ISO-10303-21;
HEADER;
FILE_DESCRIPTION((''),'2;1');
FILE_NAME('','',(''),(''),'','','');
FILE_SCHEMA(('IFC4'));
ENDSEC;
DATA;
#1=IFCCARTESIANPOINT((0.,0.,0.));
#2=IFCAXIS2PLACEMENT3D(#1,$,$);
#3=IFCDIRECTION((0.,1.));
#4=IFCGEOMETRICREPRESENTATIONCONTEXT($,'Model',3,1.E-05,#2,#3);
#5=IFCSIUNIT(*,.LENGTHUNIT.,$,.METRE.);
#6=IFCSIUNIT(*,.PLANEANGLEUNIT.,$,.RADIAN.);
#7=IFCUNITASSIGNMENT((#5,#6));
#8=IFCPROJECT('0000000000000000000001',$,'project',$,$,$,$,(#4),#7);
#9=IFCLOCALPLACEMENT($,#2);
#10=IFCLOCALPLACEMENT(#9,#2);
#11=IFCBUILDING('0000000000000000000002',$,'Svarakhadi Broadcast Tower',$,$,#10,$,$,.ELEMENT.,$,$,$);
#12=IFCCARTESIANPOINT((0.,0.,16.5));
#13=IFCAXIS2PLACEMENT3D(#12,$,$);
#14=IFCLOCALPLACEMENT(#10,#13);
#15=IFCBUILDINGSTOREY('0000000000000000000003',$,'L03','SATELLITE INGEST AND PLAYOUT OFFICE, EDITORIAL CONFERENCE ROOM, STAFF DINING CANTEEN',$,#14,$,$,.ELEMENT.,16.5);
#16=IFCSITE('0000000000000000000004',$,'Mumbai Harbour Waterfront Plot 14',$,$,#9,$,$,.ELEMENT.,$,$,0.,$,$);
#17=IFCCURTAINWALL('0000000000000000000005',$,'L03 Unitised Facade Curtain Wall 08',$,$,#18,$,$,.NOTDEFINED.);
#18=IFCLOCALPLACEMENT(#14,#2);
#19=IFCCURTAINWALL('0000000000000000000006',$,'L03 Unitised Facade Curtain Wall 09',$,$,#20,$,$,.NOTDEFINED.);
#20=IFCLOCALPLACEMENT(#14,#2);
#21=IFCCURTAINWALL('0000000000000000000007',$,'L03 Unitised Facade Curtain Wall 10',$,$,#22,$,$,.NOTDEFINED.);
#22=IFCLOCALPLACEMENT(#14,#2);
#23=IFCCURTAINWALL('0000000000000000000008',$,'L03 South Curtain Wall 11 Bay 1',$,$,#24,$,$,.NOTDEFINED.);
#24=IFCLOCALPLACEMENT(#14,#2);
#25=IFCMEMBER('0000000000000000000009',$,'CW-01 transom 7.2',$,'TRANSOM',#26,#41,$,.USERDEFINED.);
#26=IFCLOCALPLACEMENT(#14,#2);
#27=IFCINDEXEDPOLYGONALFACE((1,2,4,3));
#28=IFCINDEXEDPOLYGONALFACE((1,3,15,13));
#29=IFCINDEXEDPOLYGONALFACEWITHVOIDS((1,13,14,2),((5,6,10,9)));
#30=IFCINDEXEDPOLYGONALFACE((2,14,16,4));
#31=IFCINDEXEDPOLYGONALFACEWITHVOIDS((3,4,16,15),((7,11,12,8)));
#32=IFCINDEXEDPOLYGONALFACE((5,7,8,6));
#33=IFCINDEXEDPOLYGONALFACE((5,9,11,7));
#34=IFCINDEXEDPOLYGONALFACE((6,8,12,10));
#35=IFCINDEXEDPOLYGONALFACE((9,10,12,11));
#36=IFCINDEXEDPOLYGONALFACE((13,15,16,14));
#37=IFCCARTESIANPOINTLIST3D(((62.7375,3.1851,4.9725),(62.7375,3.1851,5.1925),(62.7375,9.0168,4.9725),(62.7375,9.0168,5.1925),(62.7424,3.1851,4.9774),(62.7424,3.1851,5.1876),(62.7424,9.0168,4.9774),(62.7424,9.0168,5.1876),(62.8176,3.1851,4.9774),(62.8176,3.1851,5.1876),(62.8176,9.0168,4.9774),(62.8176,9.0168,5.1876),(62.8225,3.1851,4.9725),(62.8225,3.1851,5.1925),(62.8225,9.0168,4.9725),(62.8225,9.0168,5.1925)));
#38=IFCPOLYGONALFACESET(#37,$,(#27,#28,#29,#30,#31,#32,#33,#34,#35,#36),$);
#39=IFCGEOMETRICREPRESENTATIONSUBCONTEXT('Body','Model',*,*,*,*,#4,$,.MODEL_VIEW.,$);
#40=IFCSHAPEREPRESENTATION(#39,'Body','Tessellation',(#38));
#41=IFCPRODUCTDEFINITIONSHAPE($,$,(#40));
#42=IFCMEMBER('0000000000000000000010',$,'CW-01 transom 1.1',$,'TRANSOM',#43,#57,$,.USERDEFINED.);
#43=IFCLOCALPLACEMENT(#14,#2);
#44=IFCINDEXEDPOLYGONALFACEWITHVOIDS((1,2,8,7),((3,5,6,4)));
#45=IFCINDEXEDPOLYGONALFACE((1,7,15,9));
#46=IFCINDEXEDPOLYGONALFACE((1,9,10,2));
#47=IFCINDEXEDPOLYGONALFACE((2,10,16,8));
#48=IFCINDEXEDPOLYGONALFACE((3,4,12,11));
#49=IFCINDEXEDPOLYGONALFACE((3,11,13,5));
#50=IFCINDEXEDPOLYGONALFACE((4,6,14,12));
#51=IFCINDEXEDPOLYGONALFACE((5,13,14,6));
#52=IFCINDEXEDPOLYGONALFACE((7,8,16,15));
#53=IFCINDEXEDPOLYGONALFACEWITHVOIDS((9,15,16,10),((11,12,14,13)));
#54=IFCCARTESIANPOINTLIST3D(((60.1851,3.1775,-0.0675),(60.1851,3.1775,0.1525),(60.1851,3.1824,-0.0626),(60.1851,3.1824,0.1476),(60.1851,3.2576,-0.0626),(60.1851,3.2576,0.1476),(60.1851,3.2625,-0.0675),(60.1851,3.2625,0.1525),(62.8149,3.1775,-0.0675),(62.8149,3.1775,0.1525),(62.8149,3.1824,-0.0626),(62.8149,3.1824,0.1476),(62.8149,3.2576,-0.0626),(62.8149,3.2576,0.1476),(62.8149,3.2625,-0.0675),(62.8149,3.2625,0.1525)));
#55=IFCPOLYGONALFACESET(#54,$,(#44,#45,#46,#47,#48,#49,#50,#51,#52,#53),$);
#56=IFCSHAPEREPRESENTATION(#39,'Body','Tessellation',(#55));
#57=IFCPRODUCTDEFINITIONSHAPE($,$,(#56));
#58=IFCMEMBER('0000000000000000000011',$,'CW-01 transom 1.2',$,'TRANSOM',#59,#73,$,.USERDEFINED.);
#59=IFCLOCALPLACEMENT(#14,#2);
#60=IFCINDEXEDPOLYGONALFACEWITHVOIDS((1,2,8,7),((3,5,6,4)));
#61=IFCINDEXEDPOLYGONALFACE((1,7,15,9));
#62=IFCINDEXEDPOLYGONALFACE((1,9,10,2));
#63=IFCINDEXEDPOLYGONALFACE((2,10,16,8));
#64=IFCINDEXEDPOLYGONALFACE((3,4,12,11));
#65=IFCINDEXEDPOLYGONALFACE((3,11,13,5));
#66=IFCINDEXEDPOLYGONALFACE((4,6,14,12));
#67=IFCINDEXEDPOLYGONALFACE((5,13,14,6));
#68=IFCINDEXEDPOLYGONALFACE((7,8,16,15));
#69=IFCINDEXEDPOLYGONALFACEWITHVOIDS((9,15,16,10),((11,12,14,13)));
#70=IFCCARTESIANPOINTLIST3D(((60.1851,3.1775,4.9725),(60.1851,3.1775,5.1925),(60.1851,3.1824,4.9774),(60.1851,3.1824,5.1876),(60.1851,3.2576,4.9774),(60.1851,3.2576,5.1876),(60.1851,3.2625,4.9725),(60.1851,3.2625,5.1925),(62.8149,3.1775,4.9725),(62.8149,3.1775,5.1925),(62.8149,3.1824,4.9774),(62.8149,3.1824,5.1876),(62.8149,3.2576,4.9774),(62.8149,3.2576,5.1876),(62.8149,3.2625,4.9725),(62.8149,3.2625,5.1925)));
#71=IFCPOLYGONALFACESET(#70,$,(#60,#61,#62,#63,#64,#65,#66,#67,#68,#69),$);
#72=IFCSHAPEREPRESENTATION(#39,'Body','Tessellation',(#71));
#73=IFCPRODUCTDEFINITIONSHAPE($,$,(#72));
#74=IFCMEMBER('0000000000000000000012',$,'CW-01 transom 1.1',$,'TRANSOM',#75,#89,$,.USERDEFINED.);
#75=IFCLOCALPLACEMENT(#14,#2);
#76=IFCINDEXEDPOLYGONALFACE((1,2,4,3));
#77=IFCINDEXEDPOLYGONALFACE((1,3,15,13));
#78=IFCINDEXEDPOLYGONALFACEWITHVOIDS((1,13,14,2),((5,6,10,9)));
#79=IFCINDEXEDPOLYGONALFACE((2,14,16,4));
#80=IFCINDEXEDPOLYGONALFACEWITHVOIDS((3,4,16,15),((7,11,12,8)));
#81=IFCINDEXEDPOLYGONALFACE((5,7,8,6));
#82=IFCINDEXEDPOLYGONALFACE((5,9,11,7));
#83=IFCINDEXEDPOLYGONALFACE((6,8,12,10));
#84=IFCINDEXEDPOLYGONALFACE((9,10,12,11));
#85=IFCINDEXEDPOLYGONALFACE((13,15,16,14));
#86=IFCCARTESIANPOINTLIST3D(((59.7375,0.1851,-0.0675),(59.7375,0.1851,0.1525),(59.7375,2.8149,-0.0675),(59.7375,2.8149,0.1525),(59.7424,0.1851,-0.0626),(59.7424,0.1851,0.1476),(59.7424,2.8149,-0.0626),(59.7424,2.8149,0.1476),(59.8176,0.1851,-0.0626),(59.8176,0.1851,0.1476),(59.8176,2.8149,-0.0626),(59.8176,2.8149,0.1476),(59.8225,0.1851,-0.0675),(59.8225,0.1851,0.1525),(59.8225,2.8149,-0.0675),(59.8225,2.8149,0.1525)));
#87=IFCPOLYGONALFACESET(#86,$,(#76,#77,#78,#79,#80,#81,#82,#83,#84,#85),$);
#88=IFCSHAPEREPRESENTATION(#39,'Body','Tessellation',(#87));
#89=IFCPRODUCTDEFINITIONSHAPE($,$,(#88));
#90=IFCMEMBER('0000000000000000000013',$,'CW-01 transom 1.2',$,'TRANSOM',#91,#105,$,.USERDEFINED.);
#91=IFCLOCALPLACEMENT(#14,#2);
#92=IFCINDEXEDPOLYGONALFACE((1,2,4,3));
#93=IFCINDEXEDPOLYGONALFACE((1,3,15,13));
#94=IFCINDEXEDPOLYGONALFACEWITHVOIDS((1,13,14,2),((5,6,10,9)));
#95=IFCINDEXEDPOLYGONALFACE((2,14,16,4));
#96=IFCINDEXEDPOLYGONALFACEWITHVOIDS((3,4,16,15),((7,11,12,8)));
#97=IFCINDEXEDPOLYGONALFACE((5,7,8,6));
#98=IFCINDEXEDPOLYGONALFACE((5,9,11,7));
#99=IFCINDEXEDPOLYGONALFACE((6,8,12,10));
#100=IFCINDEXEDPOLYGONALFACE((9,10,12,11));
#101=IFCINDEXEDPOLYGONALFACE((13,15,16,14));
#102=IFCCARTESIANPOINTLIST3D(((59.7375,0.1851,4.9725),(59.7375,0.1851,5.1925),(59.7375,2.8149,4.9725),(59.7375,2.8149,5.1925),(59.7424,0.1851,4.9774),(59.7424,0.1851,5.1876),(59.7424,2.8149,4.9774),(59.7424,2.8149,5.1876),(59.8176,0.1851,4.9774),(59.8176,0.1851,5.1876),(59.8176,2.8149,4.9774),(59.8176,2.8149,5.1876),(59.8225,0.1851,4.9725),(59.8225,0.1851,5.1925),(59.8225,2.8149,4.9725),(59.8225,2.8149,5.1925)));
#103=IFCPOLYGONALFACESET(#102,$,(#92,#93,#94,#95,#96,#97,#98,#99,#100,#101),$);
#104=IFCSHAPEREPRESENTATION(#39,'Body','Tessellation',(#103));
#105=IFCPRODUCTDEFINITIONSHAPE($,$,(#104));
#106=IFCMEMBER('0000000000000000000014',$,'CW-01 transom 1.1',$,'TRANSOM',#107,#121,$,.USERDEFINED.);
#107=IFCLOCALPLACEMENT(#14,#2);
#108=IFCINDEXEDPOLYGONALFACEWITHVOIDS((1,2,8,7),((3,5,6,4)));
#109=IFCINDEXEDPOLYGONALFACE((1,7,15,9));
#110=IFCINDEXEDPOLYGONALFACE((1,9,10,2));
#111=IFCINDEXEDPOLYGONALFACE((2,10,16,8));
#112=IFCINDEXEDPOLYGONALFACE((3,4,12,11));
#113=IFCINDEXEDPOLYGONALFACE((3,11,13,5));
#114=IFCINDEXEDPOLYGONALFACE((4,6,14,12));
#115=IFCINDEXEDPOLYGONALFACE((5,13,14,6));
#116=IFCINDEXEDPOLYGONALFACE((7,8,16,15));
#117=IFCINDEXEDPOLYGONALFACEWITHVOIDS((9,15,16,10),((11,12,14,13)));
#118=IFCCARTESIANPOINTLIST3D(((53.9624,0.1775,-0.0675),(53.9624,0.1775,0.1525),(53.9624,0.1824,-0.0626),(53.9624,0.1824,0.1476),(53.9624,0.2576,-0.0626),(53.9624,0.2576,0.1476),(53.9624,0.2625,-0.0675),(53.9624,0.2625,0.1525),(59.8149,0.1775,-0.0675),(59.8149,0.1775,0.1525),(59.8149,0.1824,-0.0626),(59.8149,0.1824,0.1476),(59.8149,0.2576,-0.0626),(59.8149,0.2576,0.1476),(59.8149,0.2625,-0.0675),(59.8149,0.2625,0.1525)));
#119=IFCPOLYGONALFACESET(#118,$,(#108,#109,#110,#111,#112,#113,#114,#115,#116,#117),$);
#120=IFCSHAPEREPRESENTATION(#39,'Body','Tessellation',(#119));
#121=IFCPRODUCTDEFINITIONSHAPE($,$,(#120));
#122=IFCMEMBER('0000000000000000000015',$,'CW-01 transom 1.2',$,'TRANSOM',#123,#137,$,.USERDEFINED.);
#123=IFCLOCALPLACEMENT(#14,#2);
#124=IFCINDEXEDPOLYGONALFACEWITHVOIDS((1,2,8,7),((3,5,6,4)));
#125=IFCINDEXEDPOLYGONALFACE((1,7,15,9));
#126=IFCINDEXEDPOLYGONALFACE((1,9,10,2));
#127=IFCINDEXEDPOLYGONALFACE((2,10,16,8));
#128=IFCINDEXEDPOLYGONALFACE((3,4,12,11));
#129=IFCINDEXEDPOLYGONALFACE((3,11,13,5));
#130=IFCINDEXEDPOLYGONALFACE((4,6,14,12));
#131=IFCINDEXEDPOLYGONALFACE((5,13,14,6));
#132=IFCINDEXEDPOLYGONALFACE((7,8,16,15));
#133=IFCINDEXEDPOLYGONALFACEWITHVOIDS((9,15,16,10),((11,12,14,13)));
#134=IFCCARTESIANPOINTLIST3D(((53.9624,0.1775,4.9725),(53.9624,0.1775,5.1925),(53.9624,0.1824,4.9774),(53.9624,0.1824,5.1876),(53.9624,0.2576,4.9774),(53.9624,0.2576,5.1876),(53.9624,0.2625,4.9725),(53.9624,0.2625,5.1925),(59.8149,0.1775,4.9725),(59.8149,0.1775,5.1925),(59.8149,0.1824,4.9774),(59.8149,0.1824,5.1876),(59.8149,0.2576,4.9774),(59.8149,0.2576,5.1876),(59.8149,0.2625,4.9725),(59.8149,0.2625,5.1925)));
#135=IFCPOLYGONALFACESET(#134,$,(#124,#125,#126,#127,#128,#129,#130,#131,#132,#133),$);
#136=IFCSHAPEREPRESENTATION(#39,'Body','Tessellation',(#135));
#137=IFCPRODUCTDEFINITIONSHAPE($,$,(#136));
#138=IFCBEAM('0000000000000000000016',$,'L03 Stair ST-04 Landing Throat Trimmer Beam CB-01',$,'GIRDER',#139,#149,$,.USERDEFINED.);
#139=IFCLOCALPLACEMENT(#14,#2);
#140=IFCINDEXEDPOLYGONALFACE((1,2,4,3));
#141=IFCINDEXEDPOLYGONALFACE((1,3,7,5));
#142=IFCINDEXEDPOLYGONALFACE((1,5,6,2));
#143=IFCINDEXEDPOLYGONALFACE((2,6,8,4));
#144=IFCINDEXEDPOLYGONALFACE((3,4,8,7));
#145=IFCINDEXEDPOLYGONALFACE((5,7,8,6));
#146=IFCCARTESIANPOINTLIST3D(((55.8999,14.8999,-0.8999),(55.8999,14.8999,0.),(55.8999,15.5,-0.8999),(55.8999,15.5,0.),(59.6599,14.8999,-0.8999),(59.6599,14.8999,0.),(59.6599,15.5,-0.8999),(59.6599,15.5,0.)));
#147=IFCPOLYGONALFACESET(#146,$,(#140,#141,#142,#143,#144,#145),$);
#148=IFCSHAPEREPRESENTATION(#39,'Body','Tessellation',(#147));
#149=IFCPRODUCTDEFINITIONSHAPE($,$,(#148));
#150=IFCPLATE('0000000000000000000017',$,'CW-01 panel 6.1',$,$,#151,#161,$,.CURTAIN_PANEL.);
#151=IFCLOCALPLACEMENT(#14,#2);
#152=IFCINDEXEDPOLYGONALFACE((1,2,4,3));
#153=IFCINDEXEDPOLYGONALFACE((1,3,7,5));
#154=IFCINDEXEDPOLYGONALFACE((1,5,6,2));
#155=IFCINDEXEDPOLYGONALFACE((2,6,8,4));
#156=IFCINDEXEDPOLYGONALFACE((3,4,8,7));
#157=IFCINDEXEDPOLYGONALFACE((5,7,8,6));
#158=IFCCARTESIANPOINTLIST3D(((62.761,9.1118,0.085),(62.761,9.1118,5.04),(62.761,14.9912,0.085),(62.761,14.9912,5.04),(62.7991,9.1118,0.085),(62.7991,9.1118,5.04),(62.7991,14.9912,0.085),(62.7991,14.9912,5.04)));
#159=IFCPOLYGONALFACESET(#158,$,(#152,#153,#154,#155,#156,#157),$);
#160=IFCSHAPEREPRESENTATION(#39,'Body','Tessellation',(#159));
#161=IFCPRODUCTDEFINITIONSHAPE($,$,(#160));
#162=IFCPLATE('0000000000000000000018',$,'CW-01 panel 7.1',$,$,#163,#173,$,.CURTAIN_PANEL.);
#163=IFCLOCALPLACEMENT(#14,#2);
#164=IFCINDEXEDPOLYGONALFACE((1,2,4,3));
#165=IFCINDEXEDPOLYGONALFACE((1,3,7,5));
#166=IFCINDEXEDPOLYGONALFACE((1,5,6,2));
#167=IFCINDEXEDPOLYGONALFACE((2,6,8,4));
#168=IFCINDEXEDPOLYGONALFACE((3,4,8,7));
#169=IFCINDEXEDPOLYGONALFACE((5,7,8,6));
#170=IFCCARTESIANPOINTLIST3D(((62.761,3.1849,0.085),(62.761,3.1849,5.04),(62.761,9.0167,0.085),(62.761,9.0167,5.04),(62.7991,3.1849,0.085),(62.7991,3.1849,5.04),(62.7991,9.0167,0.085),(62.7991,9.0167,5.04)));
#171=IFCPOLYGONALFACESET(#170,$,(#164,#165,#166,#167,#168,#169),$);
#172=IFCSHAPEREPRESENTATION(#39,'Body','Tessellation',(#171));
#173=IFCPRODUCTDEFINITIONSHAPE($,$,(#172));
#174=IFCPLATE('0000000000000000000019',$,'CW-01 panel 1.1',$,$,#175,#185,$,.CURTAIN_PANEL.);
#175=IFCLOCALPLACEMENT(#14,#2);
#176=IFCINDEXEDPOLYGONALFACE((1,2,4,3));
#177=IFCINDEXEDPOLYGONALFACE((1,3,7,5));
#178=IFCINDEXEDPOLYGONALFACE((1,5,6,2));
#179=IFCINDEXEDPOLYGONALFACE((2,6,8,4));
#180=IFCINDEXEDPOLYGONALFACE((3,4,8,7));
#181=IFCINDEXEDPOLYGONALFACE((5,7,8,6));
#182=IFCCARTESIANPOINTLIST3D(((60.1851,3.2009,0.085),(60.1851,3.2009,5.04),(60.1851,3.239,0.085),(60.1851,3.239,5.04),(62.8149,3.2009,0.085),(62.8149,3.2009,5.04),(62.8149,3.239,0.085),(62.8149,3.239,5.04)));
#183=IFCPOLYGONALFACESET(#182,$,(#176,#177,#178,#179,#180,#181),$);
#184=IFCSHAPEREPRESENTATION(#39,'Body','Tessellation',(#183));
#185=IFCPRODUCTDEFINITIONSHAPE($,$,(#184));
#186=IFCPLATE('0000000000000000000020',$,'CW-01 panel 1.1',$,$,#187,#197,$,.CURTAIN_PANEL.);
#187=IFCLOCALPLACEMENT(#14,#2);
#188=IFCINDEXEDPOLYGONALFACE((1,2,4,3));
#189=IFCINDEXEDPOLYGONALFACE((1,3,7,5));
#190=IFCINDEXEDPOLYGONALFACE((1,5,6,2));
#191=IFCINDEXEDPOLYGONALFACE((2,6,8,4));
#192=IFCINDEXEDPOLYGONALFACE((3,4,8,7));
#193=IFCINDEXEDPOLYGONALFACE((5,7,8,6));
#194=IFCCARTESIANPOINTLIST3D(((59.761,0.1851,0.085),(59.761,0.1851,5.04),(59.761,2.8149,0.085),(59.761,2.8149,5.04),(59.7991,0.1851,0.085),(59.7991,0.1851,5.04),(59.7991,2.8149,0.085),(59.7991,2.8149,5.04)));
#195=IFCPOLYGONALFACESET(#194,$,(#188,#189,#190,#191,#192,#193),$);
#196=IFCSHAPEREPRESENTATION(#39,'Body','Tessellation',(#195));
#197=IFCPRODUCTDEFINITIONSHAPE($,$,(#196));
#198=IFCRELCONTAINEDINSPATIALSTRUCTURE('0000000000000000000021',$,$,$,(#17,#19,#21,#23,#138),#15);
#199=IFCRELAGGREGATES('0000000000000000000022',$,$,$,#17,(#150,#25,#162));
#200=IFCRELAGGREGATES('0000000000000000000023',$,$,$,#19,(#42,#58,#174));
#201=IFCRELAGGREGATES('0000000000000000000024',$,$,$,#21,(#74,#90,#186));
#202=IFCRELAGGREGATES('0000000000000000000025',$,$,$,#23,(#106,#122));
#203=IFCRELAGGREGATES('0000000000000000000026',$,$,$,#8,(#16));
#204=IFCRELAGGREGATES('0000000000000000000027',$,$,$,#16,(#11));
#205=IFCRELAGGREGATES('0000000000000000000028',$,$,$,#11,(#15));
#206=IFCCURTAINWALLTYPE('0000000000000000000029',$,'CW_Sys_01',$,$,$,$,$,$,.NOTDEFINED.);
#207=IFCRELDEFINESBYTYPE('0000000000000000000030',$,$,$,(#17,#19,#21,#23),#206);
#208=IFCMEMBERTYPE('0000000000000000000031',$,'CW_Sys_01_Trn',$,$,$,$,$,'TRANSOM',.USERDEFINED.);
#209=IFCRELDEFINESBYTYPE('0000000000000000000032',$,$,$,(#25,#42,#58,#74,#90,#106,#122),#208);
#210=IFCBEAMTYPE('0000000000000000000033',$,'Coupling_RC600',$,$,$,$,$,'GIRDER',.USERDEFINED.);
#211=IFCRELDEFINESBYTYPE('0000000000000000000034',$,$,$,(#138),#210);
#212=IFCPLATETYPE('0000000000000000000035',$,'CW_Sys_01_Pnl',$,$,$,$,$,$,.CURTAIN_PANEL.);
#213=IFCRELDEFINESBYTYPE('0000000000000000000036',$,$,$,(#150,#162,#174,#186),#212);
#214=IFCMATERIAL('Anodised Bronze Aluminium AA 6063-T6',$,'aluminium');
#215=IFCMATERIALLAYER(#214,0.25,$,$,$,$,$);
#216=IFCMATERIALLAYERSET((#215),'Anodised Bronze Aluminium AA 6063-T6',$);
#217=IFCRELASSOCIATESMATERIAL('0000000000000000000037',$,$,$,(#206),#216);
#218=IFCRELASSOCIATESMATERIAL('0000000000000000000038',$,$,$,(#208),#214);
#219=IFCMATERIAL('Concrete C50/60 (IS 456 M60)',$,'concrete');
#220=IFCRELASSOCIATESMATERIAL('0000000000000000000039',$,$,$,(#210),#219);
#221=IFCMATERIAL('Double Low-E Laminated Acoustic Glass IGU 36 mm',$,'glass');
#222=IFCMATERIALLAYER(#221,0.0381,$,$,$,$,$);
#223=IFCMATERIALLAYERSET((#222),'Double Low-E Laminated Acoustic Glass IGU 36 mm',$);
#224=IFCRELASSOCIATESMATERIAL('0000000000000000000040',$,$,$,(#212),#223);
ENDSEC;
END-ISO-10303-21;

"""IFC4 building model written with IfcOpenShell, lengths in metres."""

from ifc_helpers import new_model, si_unit, direction, frame, origin, origin_2d, place, context, subcontext, project, spatial, rectangle, hollow_rectangle, extrude, material, layer, layer_set, material_profile, profile_set, type_object, element, aggregate, save


model = new_model("IFC4")

# Units and contexts
model_context = context("Model", 3, precision=1e-05, world=origin(), true_north=direction((0.0, 1.0)))
body_context = subcontext(model_context, "Body", "Model", "MODEL_VIEW")
ifc_project = project(units=[si_unit("LENGTHUNIT", "METRE"), si_unit("PLANEANGLEUNIT", "RADIAN")], contexts=[model_context])

# Site, building, storey
site_placement = place(None, origin())
site = spatial("IfcSite", under=ifc_project, at=site_placement, Name="Mumbai Harbour Waterfront Plot 14", CompositionType="ELEMENT", RefElevation=0.0)
building_placement = place(site_placement, origin())
building = spatial("IfcBuilding", under=site, at=building_placement, Name="Svarakhadi Broadcast Tower", CompositionType="ELEMENT")
storey_placement = place(building_placement, frame((0.0, 0.0, 16.5)))
storey = spatial("IfcBuildingStorey", under=building, at=storey_placement, Name="L03", Description="SATELLITE INGEST AND PLAYOUT OFFICE, EDITORIAL CONFERENCE ROOM, STAFF DINING CANTEEN", CompositionType="ELEMENT", Elevation=16.5)

# Curtain walls
ifc_material_1 = material(Name="Anodised Bronze Aluminium AA 6063-T6", Category="aluminium")
ifc_layer_1 = layer(ifc_material_1, 0.25)
ifc_layer_set_1 = layer_set([ifc_layer_1], Name="Anodised Bronze Aluminium AA 6063-T6")
curtain_wall_type = type_object("IfcCurtainWallType", Name="CW_Sys_01", PredefinedType="NOTDEFINED", material=ifc_layer_set_1)
curtain_wall_1_placement = place(storey_placement, origin())
curtain_wall_1 = element("IfcCurtainWall", 1, at=curtain_wall_1_placement, inside=storey, type_object=curtain_wall_type, Name="L03 Unitised Facade Curtain Wall 08", PredefinedType="NOTDEFINED")
curtain_wall_2_placement = place(storey_placement, origin())
curtain_wall_2 = element("IfcCurtainWall", 2, at=curtain_wall_2_placement, inside=storey, type_object=curtain_wall_type, Name="L03 Unitised Facade Curtain Wall 09", PredefinedType="NOTDEFINED")
curtain_wall_3_placement = place(storey_placement, origin())
curtain_wall_3 = element("IfcCurtainWall", 3, at=curtain_wall_3_placement, inside=storey, type_object=curtain_wall_type, Name="L03 Unitised Facade Curtain Wall 10", PredefinedType="NOTDEFINED")

# Curtain wall
curtain_wall_4_placement = place(storey_placement, origin())
curtain_wall_4 = element("IfcCurtainWall", 4, at=curtain_wall_4_placement, inside=storey, type_object=curtain_wall_type, Name="L03 South Curtain Wall 11 Bay 1", PredefinedType="NOTDEFINED")

# Members
ifc_material_profile_1 = material_profile(ifc_material_1, hollow_rectangle(XDim=0.085, YDim=0.22, WallThickness=0.0049, at=origin_2d()), Name="ALU TRANSOM 220x85x5")
ifc_profile_set_1 = profile_set([ifc_material_profile_1], Name="Anodised Bronze Aluminium AA 6063-T6")
member_type_1 = type_object("IfcMemberType", Name="CW_Sys_01_Trn", ElementType="TRANSOM", PredefinedType="USERDEFINED", material=ifc_profile_set_1)
member_1_placement = place(storey_placement, frame((62.78, 9.0168, 5.0825), z_axis=(0.0, -1.0, 0.0), x_axis=(1.0, 0.0, 0.0)))
member_1 = element("IfcMember", 5, at=member_1_placement, type_object=member_type_1, Name="CW-01 transom 7.2", ObjectType="TRANSOM", PredefinedType="USERDEFINED", context=body_context, shape_type="SweptSolid", body=[
    extrude(hollow_rectangle(XDim=0.085, YDim=0.22, WallThickness=0.0049, at=origin_2d()), origin(), (0.0, 0.0, 1.0), 5.8318),
])
member_2_placement = place(storey_placement, frame((62.8149, 3.22, 0.0425), z_axis=(-1.0, 0.0, 0.0), x_axis=(0.0, -1.0, 0.0)))
member_2 = element("IfcMember", 6, at=member_2_placement, type_object=member_type_1, Name="CW-01 transom 1.1", ObjectType="TRANSOM", PredefinedType="USERDEFINED", context=body_context, shape_type="SweptSolid", body=[
    extrude(hollow_rectangle(XDim=0.085, YDim=0.22, WallThickness=0.0049, at=origin_2d()), origin(), (0.0, 0.0, 1.0), 2.6299),
])
member_3_placement = place(storey_placement, frame((62.8149, 3.22, 5.0825), z_axis=(-1.0, 0.0, 0.0), x_axis=(0.0, -1.0, 0.0)))
member_3 = element("IfcMember", 7, at=member_3_placement, type_object=member_type_1, Name="CW-01 transom 1.2", ObjectType="TRANSOM", PredefinedType="USERDEFINED", context=body_context, shape_type="SweptSolid", body=[
    extrude(hollow_rectangle(XDim=0.085, YDim=0.22, WallThickness=0.0049, at=origin_2d()), origin(), (0.0, 0.0, 1.0), 2.6299),
])
member_4_placement = place(storey_placement, frame((59.78, 2.8149, 0.0425), z_axis=(0.0, -1.0, 0.0), x_axis=(1.0, 0.0, 0.0)))
member_4 = element("IfcMember", 8, at=member_4_placement, type_object=member_type_1, Name="CW-01 transom 1.1", ObjectType="TRANSOM", PredefinedType="USERDEFINED", context=body_context, shape_type="SweptSolid", body=[
    extrude(hollow_rectangle(XDim=0.085, YDim=0.22, WallThickness=0.0049, at=origin_2d()), origin(), (0.0, 0.0, 1.0), 2.6299),
])
member_5_placement = place(storey_placement, frame((59.78, 2.8149, 5.0825), z_axis=(0.0, -1.0, 0.0), x_axis=(1.0, 0.0, 0.0)))
member_5 = element("IfcMember", 9, at=member_5_placement, type_object=member_type_1, Name="CW-01 transom 1.2", ObjectType="TRANSOM", PredefinedType="USERDEFINED", context=body_context, shape_type="SweptSolid", body=[
    extrude(hollow_rectangle(XDim=0.085, YDim=0.22, WallThickness=0.0049, at=origin_2d()), origin(), (0.0, 0.0, 1.0), 2.6299),
])
member_6_placement = place(storey_placement, frame((59.8149, 0.22, 0.0425), z_axis=(-1.0, 0.0, 0.0), x_axis=(0.0, -1.0, 0.0)))
member_6 = element("IfcMember", 10, at=member_6_placement, type_object=member_type_1, Name="CW-01 transom 1.1", ObjectType="TRANSOM", PredefinedType="USERDEFINED", context=body_context, shape_type="SweptSolid", body=[
    extrude(hollow_rectangle(XDim=0.085, YDim=0.22, WallThickness=0.0049, at=origin_2d()), origin(), (0.0, 0.0, 1.0), 5.8525),
])
member_7_placement = place(storey_placement, frame((59.8149, 0.22, 5.0825), z_axis=(-1.0, 0.0, 0.0), x_axis=(0.0, -1.0, 0.0)))
member_7 = element("IfcMember", 11, at=member_7_placement, type_object=member_type_1, Name="CW-01 transom 1.2", ObjectType="TRANSOM", PredefinedType="USERDEFINED", context=body_context, shape_type="SweptSolid", body=[
    extrude(hollow_rectangle(XDim=0.085, YDim=0.22, WallThickness=0.0049, at=origin_2d()), origin(), (0.0, 0.0, 1.0), 5.8525),
])

# Beam
ifc_material_2 = material(Name="Concrete C50/60 (IS 456 M60)", Category="concrete")
ifc_material_profile_2 = material_profile(ifc_material_2, rectangle(XDim=0.6001, YDim=0.8999, at=origin_2d()), Name="RC 600x900")
ifc_profile_set_2 = profile_set([ifc_material_profile_2], Name="Concrete C50/60 (IS 456 M60)")
beam_type = type_object("IfcBeamType", Name="Coupling_RC600", ElementType="GIRDER", PredefinedType="USERDEFINED", material=ifc_profile_set_2)
beam_placement = place(storey_placement, frame((55.8999, 15.2, -0.45), z_axis=(1.0, 0.0, 0.0), x_axis=(0.0, 1.0, 0.0)))
element("IfcBeam", 12, at=beam_placement, inside=storey, type_object=beam_type, Name="L03 Stair ST-04 Landing Throat Trimmer Beam CB-01", ObjectType="GIRDER", PredefinedType="USERDEFINED", context=body_context, shape_type="SweptSolid", body=[
    extrude(rectangle(XDim=0.6001, YDim=0.8999, at=origin_2d()), origin(), (0.0, 0.0, 1.0), 3.76),
])

# Plates
ifc_material_3 = material(Name="Double Low-E Laminated Acoustic Glass IGU 36 mm", Category="glass")
ifc_layer_2 = layer(ifc_material_3, 0.0381)
ifc_layer_set_2 = layer_set([ifc_layer_2], Name="Double Low-E Laminated Acoustic Glass IGU 36 mm")
plate_type = type_object("IfcPlateType", Name="CW_Sys_01_Pnl", PredefinedType="CURTAIN_PANEL", material=ifc_layer_set_2)
plate_1_placement = place(storey_placement, frame((62.78, 12.0515, 0.085), z_axis=(0.0, 0.0, 1.0), x_axis=(0.0, -1.0, 0.0)))
plate_1 = element("IfcPlate", 13, at=plate_1_placement, type_object=plate_type, Name="CW-01 panel 6.1", PredefinedType="CURTAIN_PANEL", context=body_context, shape_type="SweptSolid", body=[
    extrude(rectangle(XDim=5.8794, YDim=0.0381, at=origin_2d()), origin(), (0.0, 0.0, 1.0), 4.9551),
])
plate_2_placement = place(storey_placement, frame((62.78, 6.1008, 0.085), z_axis=(0.0, 0.0, 1.0), x_axis=(0.0, -1.0, 0.0)))
plate_2 = element("IfcPlate", 14, at=plate_2_placement, type_object=plate_type, Name="CW-01 panel 7.1", PredefinedType="CURTAIN_PANEL", context=body_context, shape_type="SweptSolid", body=[
    extrude(rectangle(XDim=5.8318, YDim=0.0381, at=origin_2d()), origin(), (0.0, 0.0, 1.0), 4.9551),
])
aggregate(curtain_wall_1, [plate_1, member_1, plate_2])
plate_3_placement = place(storey_placement, frame((61.5, 3.22, 0.085), z_axis=(0.0, 0.0, 1.0), x_axis=(-1.0, 0.0, 0.0)))
plate_3 = element("IfcPlate", 15, at=plate_3_placement, type_object=plate_type, Name="CW-01 panel 1.1", PredefinedType="CURTAIN_PANEL", context=body_context, shape_type="SweptSolid", body=[
    extrude(rectangle(XDim=2.6299, YDim=0.0381, at=origin_2d()), origin(), (0.0, 0.0, 1.0), 4.9551),
])
aggregate(curtain_wall_2, [member_2, member_3, plate_3])
plate_4_placement = place(storey_placement, frame((59.78, 1.5, 0.085), z_axis=(0.0, 0.0, 1.0), x_axis=(0.0, -1.0, 0.0)))
plate_4 = element("IfcPlate", 16, at=plate_4_placement, type_object=plate_type, Name="CW-01 panel 1.1", PredefinedType="CURTAIN_PANEL", context=body_context, shape_type="SweptSolid", body=[
    extrude(rectangle(XDim=2.6299, YDim=0.0381, at=origin_2d()), origin(), (0.0, 0.0, 1.0), 4.9551),
])
aggregate(curtain_wall_3, [member_4, member_5, plate_4])
aggregate(curtain_wall_4, [member_6, member_7])

save(model, "model.ifc")
